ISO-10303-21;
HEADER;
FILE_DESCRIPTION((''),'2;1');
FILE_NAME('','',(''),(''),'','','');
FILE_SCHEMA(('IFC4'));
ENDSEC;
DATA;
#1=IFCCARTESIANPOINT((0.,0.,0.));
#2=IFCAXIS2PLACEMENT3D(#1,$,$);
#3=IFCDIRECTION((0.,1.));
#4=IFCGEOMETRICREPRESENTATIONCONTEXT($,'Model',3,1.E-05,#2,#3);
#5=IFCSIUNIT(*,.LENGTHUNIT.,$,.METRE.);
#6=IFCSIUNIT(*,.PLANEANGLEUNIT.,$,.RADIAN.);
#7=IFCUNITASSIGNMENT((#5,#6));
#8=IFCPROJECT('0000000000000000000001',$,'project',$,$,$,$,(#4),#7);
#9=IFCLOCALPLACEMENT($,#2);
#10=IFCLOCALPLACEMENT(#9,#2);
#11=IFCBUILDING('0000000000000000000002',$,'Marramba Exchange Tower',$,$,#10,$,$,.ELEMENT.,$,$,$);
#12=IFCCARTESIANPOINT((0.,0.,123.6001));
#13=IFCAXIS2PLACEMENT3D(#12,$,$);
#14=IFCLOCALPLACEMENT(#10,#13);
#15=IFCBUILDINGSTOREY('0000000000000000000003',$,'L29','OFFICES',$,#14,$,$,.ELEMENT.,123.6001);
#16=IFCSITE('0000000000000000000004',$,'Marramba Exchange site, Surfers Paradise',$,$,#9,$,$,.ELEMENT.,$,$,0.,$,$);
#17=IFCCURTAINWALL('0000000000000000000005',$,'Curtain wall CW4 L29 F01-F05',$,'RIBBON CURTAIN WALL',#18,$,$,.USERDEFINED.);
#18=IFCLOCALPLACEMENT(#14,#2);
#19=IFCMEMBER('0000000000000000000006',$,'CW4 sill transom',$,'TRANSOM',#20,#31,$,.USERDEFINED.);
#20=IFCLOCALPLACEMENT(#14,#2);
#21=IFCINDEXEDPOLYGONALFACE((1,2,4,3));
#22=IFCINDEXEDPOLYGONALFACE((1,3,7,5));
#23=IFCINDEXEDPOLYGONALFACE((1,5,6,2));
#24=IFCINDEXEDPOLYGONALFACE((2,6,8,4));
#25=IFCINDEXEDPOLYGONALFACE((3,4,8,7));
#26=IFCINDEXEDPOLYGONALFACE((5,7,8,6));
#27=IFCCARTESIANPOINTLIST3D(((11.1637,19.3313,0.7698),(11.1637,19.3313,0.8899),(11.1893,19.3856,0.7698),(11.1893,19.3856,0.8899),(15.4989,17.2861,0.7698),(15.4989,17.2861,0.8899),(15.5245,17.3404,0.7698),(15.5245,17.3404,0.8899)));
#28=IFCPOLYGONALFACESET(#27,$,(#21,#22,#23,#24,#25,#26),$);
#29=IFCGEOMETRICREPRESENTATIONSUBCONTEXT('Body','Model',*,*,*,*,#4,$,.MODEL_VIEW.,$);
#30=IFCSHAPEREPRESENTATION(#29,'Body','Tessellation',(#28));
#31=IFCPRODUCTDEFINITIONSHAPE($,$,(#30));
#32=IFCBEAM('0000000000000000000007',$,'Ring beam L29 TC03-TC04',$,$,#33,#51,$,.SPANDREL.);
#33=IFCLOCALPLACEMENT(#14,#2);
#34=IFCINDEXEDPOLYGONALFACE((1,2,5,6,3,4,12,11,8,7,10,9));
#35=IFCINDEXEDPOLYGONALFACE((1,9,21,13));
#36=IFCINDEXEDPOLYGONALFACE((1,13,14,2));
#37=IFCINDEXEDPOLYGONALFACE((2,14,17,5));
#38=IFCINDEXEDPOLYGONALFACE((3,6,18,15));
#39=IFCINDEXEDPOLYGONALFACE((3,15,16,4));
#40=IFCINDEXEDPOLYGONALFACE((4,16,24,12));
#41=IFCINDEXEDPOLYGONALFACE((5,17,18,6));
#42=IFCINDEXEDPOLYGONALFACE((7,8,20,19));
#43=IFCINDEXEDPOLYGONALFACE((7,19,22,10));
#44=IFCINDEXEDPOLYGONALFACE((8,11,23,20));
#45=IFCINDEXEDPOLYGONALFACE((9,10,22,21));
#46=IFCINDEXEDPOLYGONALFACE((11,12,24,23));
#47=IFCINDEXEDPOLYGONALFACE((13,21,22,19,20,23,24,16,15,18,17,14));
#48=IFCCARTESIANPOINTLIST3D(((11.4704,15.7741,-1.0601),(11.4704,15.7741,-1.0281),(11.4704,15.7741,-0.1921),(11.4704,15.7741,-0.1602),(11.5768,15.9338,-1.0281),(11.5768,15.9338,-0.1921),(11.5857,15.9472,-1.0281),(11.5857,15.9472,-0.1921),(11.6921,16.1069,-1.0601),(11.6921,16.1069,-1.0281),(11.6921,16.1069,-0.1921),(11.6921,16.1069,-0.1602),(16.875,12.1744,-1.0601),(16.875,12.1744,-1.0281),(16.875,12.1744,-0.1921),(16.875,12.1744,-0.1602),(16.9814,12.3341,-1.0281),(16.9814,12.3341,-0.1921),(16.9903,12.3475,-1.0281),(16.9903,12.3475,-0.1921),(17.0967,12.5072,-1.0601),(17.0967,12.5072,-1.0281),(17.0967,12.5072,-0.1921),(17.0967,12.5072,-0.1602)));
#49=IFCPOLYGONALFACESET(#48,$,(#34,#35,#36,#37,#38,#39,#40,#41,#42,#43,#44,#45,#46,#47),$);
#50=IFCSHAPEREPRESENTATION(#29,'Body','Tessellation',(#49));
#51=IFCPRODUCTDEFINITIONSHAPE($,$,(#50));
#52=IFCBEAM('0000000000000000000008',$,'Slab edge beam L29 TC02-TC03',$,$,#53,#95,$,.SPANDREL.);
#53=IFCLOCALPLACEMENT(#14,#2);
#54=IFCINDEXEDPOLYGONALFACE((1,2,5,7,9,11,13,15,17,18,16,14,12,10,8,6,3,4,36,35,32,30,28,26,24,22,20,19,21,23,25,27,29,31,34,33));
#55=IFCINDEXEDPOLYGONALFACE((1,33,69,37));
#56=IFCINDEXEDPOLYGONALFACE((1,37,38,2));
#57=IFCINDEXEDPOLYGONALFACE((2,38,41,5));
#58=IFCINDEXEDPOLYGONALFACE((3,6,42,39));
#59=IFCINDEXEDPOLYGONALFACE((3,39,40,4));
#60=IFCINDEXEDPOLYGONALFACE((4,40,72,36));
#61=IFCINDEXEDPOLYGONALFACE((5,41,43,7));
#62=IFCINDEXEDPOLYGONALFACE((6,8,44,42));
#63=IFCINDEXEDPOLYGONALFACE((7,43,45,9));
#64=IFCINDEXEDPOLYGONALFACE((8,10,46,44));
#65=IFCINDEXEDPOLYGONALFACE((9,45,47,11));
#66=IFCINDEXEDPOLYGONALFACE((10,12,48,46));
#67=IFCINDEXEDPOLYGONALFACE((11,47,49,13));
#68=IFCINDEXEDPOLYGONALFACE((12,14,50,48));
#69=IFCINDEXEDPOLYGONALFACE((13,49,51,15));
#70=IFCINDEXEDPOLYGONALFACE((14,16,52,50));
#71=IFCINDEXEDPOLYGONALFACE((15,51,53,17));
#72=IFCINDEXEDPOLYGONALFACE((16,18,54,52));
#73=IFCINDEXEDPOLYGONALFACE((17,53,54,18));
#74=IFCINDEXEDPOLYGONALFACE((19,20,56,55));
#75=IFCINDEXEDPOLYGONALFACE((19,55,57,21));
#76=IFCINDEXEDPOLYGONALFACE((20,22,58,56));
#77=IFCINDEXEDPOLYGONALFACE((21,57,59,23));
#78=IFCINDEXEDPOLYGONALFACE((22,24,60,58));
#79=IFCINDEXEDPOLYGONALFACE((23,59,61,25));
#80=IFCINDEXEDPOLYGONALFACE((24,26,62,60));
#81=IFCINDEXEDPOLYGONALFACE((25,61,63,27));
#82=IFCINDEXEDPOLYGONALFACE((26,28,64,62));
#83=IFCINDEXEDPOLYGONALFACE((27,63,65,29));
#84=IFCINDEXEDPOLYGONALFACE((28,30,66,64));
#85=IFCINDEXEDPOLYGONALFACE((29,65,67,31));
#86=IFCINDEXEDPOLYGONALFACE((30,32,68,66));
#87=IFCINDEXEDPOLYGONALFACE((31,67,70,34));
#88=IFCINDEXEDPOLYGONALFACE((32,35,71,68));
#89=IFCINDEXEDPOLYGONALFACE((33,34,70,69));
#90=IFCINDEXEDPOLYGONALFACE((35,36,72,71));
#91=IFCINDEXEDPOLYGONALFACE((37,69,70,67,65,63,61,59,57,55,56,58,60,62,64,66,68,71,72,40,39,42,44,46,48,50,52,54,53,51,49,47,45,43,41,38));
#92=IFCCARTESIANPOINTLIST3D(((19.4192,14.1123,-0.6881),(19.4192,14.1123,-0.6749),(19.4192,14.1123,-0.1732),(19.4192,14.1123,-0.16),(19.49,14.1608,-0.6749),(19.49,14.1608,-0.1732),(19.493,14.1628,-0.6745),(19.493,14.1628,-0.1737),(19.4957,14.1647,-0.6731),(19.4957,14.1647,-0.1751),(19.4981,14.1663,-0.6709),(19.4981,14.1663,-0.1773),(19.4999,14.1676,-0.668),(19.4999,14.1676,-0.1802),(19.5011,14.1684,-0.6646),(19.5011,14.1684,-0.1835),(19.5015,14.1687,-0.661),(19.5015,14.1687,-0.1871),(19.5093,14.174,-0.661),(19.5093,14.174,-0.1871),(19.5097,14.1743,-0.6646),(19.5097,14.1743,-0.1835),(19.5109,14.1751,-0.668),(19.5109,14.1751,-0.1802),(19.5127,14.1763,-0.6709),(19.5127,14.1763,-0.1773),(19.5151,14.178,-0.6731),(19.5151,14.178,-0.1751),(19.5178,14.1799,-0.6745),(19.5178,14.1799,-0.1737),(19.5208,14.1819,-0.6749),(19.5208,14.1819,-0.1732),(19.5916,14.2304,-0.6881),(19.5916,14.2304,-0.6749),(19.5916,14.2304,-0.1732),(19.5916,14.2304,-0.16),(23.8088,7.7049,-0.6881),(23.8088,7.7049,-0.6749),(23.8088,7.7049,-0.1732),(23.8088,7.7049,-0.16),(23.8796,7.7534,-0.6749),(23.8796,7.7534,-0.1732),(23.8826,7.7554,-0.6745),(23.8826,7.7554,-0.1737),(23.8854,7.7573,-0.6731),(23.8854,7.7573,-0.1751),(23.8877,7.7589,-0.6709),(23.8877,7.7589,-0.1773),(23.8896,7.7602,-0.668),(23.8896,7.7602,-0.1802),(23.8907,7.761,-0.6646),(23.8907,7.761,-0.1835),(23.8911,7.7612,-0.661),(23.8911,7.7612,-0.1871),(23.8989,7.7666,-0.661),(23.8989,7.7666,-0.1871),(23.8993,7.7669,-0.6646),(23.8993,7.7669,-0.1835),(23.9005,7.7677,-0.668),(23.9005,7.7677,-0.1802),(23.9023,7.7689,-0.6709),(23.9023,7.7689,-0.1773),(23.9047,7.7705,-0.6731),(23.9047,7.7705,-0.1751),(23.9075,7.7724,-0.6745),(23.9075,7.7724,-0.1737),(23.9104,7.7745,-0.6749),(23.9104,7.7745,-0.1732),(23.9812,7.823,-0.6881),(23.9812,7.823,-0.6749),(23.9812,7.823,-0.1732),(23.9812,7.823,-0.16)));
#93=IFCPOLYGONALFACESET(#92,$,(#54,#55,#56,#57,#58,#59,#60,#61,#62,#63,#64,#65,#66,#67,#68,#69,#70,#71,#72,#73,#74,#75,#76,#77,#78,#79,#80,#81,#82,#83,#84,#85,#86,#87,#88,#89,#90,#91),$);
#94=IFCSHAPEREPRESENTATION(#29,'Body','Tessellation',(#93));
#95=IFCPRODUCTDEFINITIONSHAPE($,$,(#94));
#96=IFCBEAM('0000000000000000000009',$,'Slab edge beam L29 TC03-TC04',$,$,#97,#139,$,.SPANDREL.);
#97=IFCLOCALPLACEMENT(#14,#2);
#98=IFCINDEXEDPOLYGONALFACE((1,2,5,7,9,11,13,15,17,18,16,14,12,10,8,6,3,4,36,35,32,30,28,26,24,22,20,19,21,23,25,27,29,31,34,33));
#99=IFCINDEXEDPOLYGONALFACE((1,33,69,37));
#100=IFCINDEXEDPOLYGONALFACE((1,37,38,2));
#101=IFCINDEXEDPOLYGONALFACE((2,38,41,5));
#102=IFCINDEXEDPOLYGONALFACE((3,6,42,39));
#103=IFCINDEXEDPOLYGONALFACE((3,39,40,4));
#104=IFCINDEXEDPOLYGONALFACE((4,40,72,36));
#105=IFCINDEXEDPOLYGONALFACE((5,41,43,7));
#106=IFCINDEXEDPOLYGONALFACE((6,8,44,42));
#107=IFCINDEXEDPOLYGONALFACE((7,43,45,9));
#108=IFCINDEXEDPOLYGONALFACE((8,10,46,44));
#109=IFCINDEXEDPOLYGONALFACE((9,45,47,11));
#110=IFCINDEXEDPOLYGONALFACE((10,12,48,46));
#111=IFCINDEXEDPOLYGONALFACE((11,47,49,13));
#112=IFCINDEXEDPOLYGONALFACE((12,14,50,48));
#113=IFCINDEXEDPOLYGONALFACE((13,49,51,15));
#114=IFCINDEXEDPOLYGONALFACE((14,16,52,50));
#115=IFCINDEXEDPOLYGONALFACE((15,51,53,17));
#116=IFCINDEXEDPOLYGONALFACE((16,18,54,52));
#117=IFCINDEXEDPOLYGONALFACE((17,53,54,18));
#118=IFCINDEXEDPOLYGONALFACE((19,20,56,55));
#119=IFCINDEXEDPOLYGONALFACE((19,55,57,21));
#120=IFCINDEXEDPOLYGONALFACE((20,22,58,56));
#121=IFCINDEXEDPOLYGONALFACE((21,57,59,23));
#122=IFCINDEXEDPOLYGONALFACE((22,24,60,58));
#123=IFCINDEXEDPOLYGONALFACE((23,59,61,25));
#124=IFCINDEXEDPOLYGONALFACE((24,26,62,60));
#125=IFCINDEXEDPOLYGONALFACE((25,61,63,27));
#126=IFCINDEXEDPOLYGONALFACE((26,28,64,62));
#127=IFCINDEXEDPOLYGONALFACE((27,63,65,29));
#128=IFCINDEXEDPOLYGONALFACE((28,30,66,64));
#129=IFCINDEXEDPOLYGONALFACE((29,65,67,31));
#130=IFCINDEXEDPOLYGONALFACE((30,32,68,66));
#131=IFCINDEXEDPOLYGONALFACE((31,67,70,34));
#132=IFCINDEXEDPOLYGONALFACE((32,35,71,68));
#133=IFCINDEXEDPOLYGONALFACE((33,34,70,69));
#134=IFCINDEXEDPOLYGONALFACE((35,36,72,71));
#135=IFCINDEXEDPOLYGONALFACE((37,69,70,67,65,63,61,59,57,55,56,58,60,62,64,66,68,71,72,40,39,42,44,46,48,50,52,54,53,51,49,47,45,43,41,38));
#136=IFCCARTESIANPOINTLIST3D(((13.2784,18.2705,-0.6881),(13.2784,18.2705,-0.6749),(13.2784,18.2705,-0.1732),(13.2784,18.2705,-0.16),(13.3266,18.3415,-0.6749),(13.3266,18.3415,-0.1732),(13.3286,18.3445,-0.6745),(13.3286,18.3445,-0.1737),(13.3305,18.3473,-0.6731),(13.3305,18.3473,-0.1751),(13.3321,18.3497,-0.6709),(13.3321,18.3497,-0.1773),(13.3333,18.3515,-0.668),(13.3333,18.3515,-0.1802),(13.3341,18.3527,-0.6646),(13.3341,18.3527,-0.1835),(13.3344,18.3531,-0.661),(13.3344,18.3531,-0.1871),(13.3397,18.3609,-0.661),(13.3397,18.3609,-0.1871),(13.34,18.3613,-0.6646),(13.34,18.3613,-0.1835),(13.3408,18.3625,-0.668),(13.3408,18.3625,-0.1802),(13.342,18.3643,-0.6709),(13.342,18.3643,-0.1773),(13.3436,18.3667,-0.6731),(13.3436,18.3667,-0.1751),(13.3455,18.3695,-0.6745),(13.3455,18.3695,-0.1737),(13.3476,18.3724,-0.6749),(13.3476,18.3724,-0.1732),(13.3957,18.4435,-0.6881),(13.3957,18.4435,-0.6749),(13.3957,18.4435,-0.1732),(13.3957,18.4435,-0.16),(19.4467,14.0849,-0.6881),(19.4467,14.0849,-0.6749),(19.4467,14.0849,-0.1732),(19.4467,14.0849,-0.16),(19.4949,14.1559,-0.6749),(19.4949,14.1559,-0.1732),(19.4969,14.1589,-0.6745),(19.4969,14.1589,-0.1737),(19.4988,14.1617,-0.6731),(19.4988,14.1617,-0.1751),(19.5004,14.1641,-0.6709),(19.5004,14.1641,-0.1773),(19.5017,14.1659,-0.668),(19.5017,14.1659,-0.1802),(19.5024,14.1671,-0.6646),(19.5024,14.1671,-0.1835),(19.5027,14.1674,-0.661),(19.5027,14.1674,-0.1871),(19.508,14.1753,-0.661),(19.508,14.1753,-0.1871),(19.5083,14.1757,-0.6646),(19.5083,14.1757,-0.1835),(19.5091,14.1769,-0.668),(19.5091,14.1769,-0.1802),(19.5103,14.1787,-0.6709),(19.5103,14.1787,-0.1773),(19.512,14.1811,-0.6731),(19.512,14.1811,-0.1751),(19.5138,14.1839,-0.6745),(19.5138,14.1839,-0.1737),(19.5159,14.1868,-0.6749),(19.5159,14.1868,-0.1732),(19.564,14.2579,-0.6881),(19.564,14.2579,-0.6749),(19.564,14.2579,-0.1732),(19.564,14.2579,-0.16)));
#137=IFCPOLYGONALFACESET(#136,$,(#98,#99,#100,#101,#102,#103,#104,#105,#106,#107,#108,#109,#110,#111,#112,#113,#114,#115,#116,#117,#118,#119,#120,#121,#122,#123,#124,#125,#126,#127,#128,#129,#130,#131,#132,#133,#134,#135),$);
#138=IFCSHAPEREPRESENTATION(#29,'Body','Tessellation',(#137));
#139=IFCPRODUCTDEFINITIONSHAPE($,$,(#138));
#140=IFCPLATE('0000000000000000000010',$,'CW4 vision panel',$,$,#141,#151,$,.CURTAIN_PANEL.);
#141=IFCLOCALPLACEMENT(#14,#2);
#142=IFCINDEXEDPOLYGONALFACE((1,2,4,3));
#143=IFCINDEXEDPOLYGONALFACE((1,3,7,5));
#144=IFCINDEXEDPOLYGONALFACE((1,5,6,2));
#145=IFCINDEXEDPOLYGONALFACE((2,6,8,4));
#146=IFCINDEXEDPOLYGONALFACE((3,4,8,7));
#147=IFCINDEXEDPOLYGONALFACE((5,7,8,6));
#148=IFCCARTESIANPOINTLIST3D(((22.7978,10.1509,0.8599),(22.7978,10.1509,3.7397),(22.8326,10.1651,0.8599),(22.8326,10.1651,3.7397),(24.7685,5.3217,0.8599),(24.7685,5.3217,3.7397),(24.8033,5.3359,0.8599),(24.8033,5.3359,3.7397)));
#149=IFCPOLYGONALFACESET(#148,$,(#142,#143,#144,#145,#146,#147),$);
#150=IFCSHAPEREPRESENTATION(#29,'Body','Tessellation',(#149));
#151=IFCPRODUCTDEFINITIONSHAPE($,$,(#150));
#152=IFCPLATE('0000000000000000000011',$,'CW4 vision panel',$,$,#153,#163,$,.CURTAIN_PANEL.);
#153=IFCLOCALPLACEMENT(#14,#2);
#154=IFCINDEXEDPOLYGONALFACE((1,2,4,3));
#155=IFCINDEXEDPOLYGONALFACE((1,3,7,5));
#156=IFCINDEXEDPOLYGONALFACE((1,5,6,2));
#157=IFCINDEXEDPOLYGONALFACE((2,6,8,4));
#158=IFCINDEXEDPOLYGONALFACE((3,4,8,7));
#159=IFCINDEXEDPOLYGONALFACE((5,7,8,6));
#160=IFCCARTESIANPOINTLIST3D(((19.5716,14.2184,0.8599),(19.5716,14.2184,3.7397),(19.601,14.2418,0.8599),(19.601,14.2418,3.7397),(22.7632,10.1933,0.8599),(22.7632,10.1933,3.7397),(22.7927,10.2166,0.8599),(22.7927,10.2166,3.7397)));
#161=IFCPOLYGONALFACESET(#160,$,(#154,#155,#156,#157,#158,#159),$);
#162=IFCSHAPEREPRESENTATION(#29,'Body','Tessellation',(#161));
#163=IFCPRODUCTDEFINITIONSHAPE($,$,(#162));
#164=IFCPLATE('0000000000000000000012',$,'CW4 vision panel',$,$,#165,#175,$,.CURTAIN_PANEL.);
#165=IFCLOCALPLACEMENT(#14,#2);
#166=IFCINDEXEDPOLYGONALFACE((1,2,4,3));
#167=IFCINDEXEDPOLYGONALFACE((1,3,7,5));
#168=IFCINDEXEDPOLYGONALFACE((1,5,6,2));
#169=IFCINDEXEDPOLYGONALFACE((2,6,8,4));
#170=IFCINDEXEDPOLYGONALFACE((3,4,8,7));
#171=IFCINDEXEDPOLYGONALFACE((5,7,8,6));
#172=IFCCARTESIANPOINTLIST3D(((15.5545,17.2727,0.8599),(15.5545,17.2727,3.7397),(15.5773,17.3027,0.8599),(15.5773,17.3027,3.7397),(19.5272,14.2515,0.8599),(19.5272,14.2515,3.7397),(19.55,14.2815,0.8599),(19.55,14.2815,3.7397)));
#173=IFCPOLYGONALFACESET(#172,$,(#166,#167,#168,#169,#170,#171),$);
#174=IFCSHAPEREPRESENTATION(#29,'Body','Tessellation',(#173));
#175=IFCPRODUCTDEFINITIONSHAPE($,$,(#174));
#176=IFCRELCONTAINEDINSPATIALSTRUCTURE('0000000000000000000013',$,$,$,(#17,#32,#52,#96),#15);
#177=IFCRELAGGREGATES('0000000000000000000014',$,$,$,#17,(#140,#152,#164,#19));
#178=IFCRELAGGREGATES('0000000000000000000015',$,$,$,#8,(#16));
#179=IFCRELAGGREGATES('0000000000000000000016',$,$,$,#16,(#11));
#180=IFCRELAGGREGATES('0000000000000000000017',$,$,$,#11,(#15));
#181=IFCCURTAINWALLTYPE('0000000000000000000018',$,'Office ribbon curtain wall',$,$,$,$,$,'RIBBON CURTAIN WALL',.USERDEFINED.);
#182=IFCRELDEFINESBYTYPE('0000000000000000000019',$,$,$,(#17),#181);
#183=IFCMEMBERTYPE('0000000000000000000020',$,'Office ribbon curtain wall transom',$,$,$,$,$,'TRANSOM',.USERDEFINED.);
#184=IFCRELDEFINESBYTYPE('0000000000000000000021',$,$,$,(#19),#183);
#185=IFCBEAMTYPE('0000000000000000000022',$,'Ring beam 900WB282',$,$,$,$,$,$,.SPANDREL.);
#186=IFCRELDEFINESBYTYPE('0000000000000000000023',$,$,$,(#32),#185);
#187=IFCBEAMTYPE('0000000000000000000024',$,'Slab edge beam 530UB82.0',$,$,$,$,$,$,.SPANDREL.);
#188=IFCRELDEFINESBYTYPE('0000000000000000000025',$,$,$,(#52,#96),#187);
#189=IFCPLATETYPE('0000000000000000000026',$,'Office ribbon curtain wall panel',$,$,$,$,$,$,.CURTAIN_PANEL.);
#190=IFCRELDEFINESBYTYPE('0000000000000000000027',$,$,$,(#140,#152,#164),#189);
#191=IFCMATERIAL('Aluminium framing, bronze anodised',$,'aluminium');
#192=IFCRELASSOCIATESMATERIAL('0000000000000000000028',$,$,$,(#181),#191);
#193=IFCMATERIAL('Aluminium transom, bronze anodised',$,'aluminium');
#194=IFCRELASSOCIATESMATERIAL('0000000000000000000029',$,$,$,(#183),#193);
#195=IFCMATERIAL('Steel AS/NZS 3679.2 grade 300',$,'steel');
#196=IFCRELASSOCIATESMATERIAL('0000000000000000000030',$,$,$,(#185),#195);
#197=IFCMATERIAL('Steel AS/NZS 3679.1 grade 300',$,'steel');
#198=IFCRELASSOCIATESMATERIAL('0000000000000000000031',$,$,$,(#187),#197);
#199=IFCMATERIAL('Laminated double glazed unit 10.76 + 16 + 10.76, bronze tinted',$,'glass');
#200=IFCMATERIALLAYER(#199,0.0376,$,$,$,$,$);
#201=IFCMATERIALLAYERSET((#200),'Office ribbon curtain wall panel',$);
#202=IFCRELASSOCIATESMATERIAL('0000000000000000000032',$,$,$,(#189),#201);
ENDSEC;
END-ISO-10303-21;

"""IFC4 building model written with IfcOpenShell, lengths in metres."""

from ifc_helpers import new_model, si_unit, direction, frame, origin, origin_2d, place, context, subcontext, project, spatial, rectangle, i_section, extrude, material, layer, layer_set, material_profile, profile_set, type_object, element, aggregate, save


model = new_model("IFC4")

# Units and contexts
model_context = context("Model", 3, precision=1e-05, world=origin(), true_north=direction((0.0, 1.0)))
body_context = subcontext(model_context, "Body", "Model", "MODEL_VIEW")
ifc_project = project(units=[si_unit("LENGTHUNIT", "METRE"), si_unit("PLANEANGLEUNIT", "RADIAN")], contexts=[model_context])

# Site, building, storey
site_placement = place(None, origin())
site = spatial("IfcSite", under=ifc_project, at=site_placement, Name="Marramba Exchange site, Surfers Paradise", CompositionType="ELEMENT", RefElevation=0.0)
building_placement = place(site_placement, origin())
building = spatial("IfcBuilding", under=site, at=building_placement, Name="Marramba Exchange Tower", CompositionType="ELEMENT")
storey_placement = place(building_placement, frame((0.0, 0.0, 123.6001)))
storey = spatial("IfcBuildingStorey", under=building, at=storey_placement, Name="L29", Description="OFFICES", CompositionType="ELEMENT", Elevation=123.6001)

# Shared definitions
ifc_material_1 = material(Name="Steel AS/NZS 3679.2 grade 300", Category="steel")
ifc_material_2 = material(Name="Steel AS/NZS 3679.1 grade 300", Category="steel")

# Curtain wall, member
ifc_material_3 = material(Name="Aluminium framing, bronze anodised", Category="aluminium")
curtain_wall_type = type_object("IfcCurtainWallType", Name="Office ribbon curtain wall", ElementType="RIBBON CURTAIN WALL", PredefinedType="USERDEFINED", material=ifc_material_3)
curtain_wall_placement = place(storey_placement, origin())
curtain_wall = element("IfcCurtainWall", 1, at=curtain_wall_placement, inside=storey, type_object=curtain_wall_type, Name="Curtain wall CW4 L29 F01-F05", ObjectType="RIBBON CURTAIN WALL", PredefinedType="USERDEFINED")
ifc_material_4 = material(Name="Aluminium transom, bronze anodised", Category="aluminium")
ifc_material_profile_1 = material_profile(ifc_material_4, rectangle(XDim=0.0601, YDim=0.1201, at=origin_2d()), Name="CW4 transom 60x120")
ifc_profile_set_1 = profile_set([ifc_material_profile_1], Name="Aluminium transom, bronze anodised")
member_type_1 = type_object("IfcMemberType", Name="Office ribbon curtain wall transom", ElementType="TRANSOM", PredefinedType="USERDEFINED", material=ifc_profile_set_1)
member_1_placement = place(storey_placement, frame((15.5117, 17.3132, 0.8298), z_axis=(-0.904411, 0.426663, 0.0), x_axis=(-0.426663, -0.904411, 0.0)))
member_1 = element("IfcMember", 2, at=member_1_placement, type_object=member_type_1, Name="CW4 sill transom", ObjectType="TRANSOM", PredefinedType="USERDEFINED", context=body_context, shape_type="SweptSolid", body=[
    extrude(rectangle(XDim=0.0601, YDim=0.1201, at=origin_2d()), origin(), (0.0, 0.0, 1.0), 4.7935),
])

# Beams
ifc_material_profile_2 = material_profile(ifc_material_1, i_section(OverallWidth=0.3999, OverallDepth=0.8999, WebThickness=0.0161, FlangeThickness=0.032, at=origin_2d()), Name="900WB282")
ifc_profile_set_2 = profile_set([ifc_material_profile_2], Name="Steel AS/NZS 3679.2 grade 300")
beam_type_1 = type_object("IfcBeamType", Name="Ring beam 900WB282", PredefinedType="SPANDREL", material=ifc_profile_set_2)
beam_1_placement = place(storey_placement, frame((16.9858, 12.3408, -0.6101), z_axis=(-0.832293, 0.554336, 0.0), x_axis=(-0.554336, -0.832293, 0.0)))
element("IfcBeam", 3, at=beam_1_placement, inside=storey, type_object=beam_type_1, Name="Ring beam L29 TC03-TC04", PredefinedType="SPANDREL", context=body_context, shape_type="SweptSolid", body=[
    extrude(i_section(OverallWidth=0.3999, OverallDepth=0.8999, WebThickness=0.0161, FlangeThickness=0.032, at=origin_2d()), origin(), (0.0, 0.0, 1.0), 6.4937),
])
ifc_material_profile_3 = material_profile(ifc_material_2, i_section(OverallWidth=0.209, OverallDepth=0.5281, WebThickness=0.0095, FlangeThickness=0.0132, FilletRadius=0.0139, at=origin_2d()), Name="530UB82.0")
ifc_profile_set_3 = profile_set([ifc_material_profile_3], Name="Steel AS/NZS 3679.1 grade 300")
beam_type_2 = type_object("IfcBeamType", Name="Slab edge beam 530UB82.0", PredefinedType="SPANDREL", material=ifc_profile_set_3)
beam_2_placement = place(storey_placement, frame((23.895, 7.7639, -0.4241), z_axis=(-0.565174, 0.824972, 0.0), x_axis=(-0.824972, -0.565174, 0.0)))
element("IfcBeam", 4, at=beam_2_placement, inside=storey, type_object=beam_type_2, Name="Slab edge beam L29 TC02-TC03", PredefinedType="SPANDREL", context=body_context, shape_type="SweptSolid", body=[
    extrude(i_section(OverallWidth=0.209, OverallDepth=0.5281, WebThickness=0.0095, FlangeThickness=0.0132, FilletRadius=0.0139, at=origin_2d()), origin(), (0.0, 0.0, 1.0), 7.7668),
])
beam_3_placement = place(storey_placement, frame((19.5054, 14.1714, -0.4241), z_axis=(-0.827477, 0.561499, 0.0), x_axis=(-0.561499, -0.827477, 0.0)))
element("IfcBeam", 5, at=beam_3_placement, inside=storey, type_object=beam_type_2, Name="Slab edge beam L29 TC03-TC04", PredefinedType="SPANDREL", context=body_context, shape_type="SweptSolid", body=[
    extrude(i_section(OverallWidth=0.209, OverallDepth=0.5281, WebThickness=0.0095, FlangeThickness=0.0132, FilletRadius=0.0139, at=origin_2d()), origin(), (0.0, 0.0, 1.0), 7.4543),
])

# Plates
ifc_material_5 = material(Name="Laminated double glazed unit 10.76 + 16 + 10.76, bronze tinted", Category="glass")
ifc_layer_1 = layer(ifc_material_5, 0.0376)
ifc_layer_set_1 = layer_set([ifc_layer_1], Name="Office ribbon curtain wall panel")
plate_type = type_object("IfcPlateType", Name="Office ribbon curtain wall panel", PredefinedType="CURTAIN_PANEL", material=ifc_layer_set_1)
plate_1_placement = place(storey_placement, frame((23.8005, 7.7434, 0.8599), z_axis=(0.0, 0.0, 1.0), x_axis=(-0.377821, 0.925879, 0.0)))
plate_1 = element("IfcPlate", 6, at=plate_1_placement, type_object=plate_type, Name="CW4 vision panel", PredefinedType="CURTAIN_PANEL", context=body_context, shape_type="SweptSolid", body=[
    extrude(rectangle(XDim=5.2158, YDim=0.0376, at=origin_2d()), origin(), (0.0, 0.0, 1.0), 2.8799),
])
plate_2_placement = place(storey_placement, frame((21.1821, 12.2175, 0.8599), z_axis=(0.0, 0.0, 1.0), x_axis=(-0.621312, 0.783563, 0.0)))
plate_2 = element("IfcPlate", 7, at=plate_2_placement, type_object=plate_type, Name="CW4 vision panel", PredefinedType="CURTAIN_PANEL", context=body_context, shape_type="SweptSolid", body=[
    extrude(rectangle(XDim=5.137, YDim=0.0376, at=origin_2d()), origin(), (0.0, 0.0, 1.0), 2.8799),
])
plate_3_placement = place(storey_placement, frame((17.5522, 15.7771, 0.8599), z_axis=(0.0, 0.0, 1.0), x_axis=(-0.795972, 0.605334, 0.0)))
plate_3 = element("IfcPlate", 8, at=plate_3_placement, type_object=plate_type, Name="CW4 vision panel", PredefinedType="CURTAIN_PANEL", context=body_context, shape_type="SweptSolid", body=[
    extrude(rectangle(XDim=4.991, YDim=0.0376, at=origin_2d()), origin(), (0.0, 0.0, 1.0), 2.8799),
])
aggregate(curtain_wall, [plate_1, plate_2, plate_3, member_1])

save(model, "model.ifc")
